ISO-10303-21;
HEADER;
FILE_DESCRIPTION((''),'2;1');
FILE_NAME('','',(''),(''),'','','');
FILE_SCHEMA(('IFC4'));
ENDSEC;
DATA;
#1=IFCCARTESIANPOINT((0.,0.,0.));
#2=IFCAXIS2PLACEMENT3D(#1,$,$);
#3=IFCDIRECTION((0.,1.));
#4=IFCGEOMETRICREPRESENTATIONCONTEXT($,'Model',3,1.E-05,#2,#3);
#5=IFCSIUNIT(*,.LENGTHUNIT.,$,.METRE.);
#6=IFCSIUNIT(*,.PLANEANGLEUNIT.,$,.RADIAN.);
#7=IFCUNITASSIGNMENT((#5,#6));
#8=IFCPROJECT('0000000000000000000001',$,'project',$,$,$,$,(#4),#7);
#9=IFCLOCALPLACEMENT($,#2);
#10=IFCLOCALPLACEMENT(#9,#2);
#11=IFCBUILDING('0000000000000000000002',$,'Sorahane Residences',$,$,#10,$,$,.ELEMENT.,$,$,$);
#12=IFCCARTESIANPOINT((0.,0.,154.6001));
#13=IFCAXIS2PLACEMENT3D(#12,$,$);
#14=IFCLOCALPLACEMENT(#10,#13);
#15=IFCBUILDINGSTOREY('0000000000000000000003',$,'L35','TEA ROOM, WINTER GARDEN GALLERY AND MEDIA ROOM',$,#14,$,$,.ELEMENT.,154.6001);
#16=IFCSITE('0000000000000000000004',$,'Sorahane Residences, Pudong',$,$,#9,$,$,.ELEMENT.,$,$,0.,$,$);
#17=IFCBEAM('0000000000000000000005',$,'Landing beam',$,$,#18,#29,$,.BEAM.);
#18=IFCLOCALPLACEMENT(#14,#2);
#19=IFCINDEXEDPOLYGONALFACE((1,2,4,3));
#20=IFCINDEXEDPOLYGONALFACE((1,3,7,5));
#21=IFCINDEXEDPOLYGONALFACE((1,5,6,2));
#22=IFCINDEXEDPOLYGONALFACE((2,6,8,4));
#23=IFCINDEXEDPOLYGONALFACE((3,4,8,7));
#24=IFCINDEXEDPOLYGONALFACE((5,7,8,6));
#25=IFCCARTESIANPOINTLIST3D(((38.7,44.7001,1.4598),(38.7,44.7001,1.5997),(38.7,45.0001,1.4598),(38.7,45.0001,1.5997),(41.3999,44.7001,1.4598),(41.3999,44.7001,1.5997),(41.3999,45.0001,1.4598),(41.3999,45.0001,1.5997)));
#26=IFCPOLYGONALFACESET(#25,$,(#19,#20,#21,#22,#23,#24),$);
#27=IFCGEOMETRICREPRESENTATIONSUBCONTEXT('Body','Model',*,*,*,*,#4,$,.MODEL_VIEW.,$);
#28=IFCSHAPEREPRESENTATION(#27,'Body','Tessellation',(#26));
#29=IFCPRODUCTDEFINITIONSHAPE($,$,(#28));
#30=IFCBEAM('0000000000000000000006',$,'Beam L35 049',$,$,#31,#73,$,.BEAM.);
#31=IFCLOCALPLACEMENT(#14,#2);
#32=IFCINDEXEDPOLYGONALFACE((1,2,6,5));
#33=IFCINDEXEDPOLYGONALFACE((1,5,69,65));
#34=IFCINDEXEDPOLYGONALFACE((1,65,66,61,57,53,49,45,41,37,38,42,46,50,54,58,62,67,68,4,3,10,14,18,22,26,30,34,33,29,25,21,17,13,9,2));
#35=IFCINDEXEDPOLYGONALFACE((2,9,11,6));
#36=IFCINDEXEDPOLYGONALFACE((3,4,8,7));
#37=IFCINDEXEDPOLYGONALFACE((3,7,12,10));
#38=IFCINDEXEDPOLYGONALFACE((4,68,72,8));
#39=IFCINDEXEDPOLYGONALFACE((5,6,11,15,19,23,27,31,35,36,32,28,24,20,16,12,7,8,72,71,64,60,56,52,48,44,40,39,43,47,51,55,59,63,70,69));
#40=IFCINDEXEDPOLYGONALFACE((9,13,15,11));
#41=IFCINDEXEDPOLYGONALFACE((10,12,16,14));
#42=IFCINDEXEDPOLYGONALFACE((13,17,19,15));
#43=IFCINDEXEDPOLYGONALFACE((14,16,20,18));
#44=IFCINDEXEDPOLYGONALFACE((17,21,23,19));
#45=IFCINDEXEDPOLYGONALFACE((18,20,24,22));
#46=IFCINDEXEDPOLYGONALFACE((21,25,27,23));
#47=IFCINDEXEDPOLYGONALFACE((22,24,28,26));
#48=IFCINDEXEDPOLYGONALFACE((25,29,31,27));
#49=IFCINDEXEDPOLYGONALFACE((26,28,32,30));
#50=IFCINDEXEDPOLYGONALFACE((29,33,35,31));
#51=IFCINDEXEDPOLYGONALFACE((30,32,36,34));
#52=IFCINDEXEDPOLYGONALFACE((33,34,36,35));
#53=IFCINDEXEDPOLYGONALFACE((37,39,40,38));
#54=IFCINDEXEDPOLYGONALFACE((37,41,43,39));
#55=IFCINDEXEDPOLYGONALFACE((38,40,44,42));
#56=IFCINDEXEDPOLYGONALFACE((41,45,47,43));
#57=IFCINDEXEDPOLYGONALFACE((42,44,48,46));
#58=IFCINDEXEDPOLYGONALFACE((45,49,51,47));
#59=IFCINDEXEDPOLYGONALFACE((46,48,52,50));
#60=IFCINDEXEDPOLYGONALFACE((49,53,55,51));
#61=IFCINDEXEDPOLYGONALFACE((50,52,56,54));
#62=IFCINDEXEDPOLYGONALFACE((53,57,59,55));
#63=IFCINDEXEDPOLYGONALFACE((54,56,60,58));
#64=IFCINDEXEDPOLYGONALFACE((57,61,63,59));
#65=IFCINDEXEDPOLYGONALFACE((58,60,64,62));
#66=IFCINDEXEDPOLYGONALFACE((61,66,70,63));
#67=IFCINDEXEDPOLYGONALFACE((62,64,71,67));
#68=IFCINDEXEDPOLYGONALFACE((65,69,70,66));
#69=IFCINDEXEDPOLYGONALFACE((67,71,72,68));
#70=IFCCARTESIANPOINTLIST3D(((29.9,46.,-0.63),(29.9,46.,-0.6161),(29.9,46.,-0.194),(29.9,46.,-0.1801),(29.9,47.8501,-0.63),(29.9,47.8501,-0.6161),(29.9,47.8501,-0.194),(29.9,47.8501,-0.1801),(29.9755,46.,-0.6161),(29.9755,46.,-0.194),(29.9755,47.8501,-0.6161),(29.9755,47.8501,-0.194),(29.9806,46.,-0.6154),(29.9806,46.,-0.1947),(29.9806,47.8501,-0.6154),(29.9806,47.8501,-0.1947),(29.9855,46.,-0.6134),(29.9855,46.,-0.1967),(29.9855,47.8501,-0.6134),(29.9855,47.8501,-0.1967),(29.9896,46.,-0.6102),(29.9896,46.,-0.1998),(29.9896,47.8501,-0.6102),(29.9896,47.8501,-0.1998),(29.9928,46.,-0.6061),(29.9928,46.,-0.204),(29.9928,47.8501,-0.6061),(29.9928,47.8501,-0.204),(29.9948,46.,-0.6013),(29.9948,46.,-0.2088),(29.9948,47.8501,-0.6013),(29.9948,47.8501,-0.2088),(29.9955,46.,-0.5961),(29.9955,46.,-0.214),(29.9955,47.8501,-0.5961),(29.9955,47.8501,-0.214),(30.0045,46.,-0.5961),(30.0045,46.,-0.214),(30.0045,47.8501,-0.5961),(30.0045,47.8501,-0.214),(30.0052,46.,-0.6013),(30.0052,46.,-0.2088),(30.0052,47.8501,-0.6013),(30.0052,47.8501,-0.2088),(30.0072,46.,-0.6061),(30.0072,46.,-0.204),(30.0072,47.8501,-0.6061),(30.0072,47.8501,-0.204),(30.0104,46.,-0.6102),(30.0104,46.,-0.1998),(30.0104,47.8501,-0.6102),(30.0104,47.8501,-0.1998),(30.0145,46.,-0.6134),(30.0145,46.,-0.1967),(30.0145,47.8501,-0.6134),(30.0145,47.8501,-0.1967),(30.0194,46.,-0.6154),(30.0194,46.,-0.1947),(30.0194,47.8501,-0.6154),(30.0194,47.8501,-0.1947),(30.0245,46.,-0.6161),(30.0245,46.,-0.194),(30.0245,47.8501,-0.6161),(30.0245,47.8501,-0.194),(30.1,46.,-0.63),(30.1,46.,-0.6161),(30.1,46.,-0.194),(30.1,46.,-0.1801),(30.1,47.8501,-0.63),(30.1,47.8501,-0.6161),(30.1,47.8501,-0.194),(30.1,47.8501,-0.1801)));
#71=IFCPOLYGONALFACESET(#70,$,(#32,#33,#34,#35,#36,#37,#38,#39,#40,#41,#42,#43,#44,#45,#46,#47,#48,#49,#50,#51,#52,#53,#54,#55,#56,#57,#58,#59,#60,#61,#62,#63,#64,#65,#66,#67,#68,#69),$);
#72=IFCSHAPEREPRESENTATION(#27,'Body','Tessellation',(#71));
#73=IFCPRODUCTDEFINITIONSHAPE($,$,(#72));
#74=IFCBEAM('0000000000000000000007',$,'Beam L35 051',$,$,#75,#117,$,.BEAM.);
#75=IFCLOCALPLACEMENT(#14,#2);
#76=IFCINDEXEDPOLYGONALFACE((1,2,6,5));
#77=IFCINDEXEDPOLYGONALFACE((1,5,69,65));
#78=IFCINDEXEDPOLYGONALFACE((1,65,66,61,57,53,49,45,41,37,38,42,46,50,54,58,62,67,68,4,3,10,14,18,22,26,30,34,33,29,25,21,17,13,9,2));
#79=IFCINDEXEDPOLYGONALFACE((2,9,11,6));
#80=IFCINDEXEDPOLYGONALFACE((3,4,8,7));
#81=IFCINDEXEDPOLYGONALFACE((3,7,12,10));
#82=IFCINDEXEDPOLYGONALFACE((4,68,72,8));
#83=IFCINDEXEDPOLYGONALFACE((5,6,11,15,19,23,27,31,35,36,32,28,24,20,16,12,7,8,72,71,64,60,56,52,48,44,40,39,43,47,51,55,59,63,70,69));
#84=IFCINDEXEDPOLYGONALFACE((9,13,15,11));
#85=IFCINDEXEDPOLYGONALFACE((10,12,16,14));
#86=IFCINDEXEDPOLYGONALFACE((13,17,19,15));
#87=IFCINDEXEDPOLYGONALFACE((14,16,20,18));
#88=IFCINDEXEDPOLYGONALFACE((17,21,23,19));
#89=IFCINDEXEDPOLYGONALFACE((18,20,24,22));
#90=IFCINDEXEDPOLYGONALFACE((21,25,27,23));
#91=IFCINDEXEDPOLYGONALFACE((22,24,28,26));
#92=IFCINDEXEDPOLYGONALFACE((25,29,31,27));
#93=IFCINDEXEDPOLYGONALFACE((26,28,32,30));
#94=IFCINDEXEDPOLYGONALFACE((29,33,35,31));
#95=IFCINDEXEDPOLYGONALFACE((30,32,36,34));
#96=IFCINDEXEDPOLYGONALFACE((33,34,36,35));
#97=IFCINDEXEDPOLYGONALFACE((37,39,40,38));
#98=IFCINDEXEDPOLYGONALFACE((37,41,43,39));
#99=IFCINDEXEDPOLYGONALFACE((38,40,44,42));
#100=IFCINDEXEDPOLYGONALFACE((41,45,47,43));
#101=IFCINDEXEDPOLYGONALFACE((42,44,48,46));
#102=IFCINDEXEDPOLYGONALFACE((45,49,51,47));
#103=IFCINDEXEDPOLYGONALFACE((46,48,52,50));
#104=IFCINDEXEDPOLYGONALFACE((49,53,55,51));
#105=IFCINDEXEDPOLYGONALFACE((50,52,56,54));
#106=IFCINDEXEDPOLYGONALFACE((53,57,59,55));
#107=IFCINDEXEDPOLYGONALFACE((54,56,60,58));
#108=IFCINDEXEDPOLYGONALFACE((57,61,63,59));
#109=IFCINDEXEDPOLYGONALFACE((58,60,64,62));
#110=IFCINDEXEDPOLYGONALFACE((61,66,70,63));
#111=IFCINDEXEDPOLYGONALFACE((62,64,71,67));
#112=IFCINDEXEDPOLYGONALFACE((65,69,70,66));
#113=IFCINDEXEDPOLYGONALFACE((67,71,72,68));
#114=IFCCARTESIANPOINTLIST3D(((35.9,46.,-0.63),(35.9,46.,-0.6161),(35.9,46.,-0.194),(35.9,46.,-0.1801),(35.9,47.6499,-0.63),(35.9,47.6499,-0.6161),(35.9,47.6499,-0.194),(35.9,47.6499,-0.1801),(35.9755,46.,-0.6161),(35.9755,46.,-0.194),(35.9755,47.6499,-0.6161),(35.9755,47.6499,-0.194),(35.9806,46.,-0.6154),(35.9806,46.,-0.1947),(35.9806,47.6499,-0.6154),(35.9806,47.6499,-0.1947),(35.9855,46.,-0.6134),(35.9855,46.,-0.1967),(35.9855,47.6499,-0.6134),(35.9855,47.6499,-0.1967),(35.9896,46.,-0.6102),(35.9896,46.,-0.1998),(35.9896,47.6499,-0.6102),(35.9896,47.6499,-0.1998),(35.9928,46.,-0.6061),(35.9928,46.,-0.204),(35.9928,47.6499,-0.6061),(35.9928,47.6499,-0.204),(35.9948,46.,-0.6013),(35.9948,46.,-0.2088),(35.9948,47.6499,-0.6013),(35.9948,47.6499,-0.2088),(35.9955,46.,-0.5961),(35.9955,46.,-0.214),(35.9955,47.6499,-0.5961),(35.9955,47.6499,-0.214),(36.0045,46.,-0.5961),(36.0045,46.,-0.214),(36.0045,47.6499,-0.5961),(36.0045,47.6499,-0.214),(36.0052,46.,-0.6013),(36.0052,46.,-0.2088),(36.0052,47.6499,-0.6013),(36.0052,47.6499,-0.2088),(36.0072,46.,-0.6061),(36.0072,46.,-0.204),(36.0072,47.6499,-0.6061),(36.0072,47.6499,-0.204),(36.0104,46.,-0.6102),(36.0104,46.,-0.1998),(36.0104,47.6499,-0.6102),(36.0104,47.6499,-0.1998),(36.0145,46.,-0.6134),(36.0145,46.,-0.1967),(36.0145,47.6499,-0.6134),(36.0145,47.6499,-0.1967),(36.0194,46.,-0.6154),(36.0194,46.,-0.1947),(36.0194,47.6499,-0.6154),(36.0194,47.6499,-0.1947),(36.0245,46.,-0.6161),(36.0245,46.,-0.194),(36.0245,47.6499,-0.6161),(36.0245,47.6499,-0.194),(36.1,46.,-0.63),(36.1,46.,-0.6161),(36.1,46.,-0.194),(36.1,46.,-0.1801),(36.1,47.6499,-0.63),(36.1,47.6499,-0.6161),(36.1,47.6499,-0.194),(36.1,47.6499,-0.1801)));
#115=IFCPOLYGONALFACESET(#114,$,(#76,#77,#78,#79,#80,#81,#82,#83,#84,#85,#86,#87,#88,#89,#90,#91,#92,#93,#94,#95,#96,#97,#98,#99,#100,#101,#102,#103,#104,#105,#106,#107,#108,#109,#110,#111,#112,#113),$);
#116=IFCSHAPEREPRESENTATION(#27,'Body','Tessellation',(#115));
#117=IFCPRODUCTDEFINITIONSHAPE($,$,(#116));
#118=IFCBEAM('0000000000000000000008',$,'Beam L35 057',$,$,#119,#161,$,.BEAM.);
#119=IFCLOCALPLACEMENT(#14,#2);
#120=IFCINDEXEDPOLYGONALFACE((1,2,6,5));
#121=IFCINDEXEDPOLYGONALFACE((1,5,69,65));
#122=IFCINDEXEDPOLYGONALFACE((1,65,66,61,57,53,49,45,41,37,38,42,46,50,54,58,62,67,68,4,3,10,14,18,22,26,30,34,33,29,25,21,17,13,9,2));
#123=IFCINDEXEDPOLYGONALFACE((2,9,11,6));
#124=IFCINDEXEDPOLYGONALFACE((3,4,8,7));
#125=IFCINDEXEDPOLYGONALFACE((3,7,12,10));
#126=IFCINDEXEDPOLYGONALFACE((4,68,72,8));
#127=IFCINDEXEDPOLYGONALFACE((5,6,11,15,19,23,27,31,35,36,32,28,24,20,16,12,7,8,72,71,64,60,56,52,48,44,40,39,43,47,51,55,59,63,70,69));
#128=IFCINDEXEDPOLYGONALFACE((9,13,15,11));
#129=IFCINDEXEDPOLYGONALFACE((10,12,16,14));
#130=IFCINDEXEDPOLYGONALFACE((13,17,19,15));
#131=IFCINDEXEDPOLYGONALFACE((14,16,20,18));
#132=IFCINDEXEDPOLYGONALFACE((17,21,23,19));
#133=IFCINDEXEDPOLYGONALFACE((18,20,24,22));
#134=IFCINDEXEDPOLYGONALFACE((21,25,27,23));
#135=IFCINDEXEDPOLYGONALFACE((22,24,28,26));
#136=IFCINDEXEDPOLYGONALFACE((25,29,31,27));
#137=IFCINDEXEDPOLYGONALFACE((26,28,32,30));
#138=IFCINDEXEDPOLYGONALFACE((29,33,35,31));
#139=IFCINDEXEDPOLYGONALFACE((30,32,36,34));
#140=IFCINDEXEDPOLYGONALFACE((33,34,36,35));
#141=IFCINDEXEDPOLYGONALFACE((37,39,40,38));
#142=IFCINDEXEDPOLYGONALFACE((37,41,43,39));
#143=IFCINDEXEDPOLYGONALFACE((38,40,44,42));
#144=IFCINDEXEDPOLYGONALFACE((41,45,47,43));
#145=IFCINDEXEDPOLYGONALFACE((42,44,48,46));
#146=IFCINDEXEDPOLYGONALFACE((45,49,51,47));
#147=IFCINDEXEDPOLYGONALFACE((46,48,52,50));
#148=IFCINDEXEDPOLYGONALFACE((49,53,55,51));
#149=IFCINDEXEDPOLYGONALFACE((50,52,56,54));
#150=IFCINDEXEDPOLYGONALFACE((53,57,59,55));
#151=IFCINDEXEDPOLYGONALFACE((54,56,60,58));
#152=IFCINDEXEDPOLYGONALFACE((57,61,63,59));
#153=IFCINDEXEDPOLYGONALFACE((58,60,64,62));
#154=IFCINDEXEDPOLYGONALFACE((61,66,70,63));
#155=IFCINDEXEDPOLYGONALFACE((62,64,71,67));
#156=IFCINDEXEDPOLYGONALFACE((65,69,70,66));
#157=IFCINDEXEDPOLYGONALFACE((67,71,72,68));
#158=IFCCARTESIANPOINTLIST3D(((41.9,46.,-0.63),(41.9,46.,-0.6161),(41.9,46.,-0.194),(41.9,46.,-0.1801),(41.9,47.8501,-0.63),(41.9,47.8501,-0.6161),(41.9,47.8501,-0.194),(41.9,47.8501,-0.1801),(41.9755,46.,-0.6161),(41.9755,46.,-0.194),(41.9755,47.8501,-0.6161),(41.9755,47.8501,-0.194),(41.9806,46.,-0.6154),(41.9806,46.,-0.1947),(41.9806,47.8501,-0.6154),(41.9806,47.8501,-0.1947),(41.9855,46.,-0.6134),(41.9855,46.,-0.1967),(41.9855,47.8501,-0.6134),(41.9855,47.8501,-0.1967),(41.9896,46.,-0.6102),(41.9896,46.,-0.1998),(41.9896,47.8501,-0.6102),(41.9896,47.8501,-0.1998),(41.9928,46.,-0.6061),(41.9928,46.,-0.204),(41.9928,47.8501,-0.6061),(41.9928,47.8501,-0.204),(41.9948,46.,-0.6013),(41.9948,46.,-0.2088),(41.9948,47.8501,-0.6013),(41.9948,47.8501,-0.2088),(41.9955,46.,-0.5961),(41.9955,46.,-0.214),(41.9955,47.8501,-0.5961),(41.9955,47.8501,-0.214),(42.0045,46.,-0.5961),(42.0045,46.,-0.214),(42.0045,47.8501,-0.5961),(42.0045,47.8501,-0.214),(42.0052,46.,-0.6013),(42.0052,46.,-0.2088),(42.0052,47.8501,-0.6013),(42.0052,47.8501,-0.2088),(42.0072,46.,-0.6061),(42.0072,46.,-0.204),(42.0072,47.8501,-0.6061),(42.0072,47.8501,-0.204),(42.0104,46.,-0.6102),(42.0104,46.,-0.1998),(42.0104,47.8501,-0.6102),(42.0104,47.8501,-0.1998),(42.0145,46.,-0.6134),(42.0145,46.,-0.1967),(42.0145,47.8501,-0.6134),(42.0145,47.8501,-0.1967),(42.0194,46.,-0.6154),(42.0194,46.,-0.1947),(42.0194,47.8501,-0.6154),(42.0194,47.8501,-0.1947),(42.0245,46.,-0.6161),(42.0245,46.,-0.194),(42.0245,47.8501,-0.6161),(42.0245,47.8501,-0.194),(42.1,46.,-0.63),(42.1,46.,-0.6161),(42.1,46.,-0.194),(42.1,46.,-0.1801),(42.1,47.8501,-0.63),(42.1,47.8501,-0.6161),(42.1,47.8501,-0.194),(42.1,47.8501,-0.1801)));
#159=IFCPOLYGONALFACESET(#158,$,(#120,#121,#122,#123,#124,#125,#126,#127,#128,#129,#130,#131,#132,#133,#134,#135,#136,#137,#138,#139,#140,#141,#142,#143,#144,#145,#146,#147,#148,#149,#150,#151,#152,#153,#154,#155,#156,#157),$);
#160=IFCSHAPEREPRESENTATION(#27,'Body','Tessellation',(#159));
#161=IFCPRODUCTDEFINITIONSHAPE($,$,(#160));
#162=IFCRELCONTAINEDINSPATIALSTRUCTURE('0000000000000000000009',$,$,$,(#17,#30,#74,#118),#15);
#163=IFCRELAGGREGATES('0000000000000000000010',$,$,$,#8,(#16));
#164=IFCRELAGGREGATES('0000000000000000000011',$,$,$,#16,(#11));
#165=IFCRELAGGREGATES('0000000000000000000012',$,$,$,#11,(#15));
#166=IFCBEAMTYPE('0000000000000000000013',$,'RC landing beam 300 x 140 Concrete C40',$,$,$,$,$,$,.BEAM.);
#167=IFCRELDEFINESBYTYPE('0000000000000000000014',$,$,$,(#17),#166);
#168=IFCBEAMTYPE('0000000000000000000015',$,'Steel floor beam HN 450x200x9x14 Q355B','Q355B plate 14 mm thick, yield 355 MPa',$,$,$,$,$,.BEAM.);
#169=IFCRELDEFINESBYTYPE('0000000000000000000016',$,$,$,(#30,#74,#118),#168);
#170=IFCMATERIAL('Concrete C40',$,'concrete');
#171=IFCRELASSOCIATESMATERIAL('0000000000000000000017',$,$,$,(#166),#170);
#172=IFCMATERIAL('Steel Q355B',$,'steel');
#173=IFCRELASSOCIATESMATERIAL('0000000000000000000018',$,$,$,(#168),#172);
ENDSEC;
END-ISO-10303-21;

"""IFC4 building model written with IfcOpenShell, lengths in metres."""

from ifc_helpers import new_model, si_unit, direction, frame, origin, origin_2d, place, context, subcontext, project, spatial, rectangle, i_section, extrude, material, material_profile, profile_set, type_object, element, save


model = new_model("IFC4")

# Units and contexts
model_context = context("Model", 3, precision=1e-05, world=origin(), true_north=direction((0.0, 1.0)))
body_context = subcontext(model_context, "Body", "Model", "MODEL_VIEW")
ifc_project = project(units=[si_unit("LENGTHUNIT", "METRE"), si_unit("PLANEANGLEUNIT", "RADIAN")], contexts=[model_context])

# Site, building, storey
site_placement = place(None, origin())
site = spatial("IfcSite", under=ifc_project, at=site_placement, Name="Sorahane Residences, Pudong", CompositionType="ELEMENT", RefElevation=0.0)
building_placement = place(site_placement, origin())
building = spatial("IfcBuilding", under=site, at=building_placement, Name="Sorahane Residences", CompositionType="ELEMENT")
storey_placement = place(building_placement, frame((0.0, 0.0, 154.6001)))
storey = spatial("IfcBuildingStorey", under=building, at=storey_placement, Name="L35", Description="TEA ROOM, WINTER GARDEN GALLERY AND MEDIA ROOM", CompositionType="ELEMENT", Elevation=154.6001)

# Beams
ifc_material_1 = material(Name="Concrete C40", Category="concrete")
ifc_material_profile_1 = material_profile(ifc_material_1, rectangle(XDim=0.3, YDim=0.1399, at=origin_2d()), Name="300x140")
ifc_profile_set_1 = profile_set([ifc_material_profile_1], Name="Concrete C40")
beam_type_1 = type_object("IfcBeamType", Name="RC landing beam 300 x 140 Concrete C40", PredefinedType="BEAM", material=ifc_profile_set_1)
for number, where, z_axis, x_axis, name in (
    (1, (38.7, 44.8501, 1.5298), (1.0, 0.0, 0.0), (0.0, 1.0, 0.0), "Landing beam"),
):
    element("IfcBeam", number, at=place(storey_placement, frame(where, z_axis=z_axis, x_axis=x_axis)), inside=storey, type_object=beam_type_1, Name=name, PredefinedType="BEAM", context=body_context, shape_type="SweptSolid", body=[
        extrude(rectangle(XDim=0.3, YDim=0.1399, at=origin_2d()), origin(), (0.0, 0.0, 1.0), 2.7),
    ])
ifc_material_2 = material(Name="Steel Q355B", Category="steel")
ifc_material_profile_2 = material_profile(ifc_material_2, i_section(OverallWidth=0.2, OverallDepth=0.45, WebThickness=0.009, FlangeThickness=0.0139, FilletRadius=0.02, at=origin_2d()), Name="HN 450x200x9x14")
ifc_profile_set_2 = profile_set([ifc_material_profile_2], Name="Steel Q355B")
beam_type_2 = type_object("IfcBeamType", Name="Steel floor beam HN 450x200x9x14 Q355B", Description="Q355B plate 14 mm thick, yield 355 MPa", PredefinedType="BEAM", material=ifc_profile_set_2)
beam_1_placement = place(storey_placement, frame((30.0, 46.0, -0.405), z_axis=(0.0, 1.0, 0.0), x_axis=(-1.0, 0.0, 0.0)))
element("IfcBeam", 2, at=beam_1_placement, inside=storey, type_object=beam_type_2, Name="Beam L35 049", PredefinedType="BEAM", context=body_context, shape_type="SweptSolid", body=[
    extrude(i_section(OverallWidth=0.2, OverallDepth=0.45, WebThickness=0.009, FlangeThickness=0.0139, FilletRadius=0.02, at=origin_2d()), origin(), (0.0, 0.0, 1.0), 1.8501),
])
beam_2_placement = place(storey_placement, frame((36.0, 46.0, -0.405), z_axis=(0.0, 1.0, 0.0), x_axis=(-1.0, 0.0, 0.0)))
element("IfcBeam", 3, at=beam_2_placement, inside=storey, type_object=beam_type_2, Name="Beam L35 051", PredefinedType="BEAM", context=body_context, shape_type="SweptSolid", body=[
    extrude(i_section(OverallWidth=0.2, OverallDepth=0.45, WebThickness=0.009, FlangeThickness=0.0139, FilletRadius=0.02, at=origin_2d()), origin(), (0.0, 0.0, 1.0), 1.6499),
])
beam_3_placement = place(storey_placement, frame((42.0, 46.0, -0.405), z_axis=(0.0, 1.0, 0.0), x_axis=(-1.0, 0.0, 0.0)))
element("IfcBeam", 4, at=beam_3_placement, inside=storey, type_object=beam_type_2, Name="Beam L35 057", PredefinedType="BEAM", context=body_context, shape_type="SweptSolid", body=[
    extrude(i_section(OverallWidth=0.2, OverallDepth=0.45, WebThickness=0.009, FlangeThickness=0.0139, FilletRadius=0.02, at=origin_2d()), origin(), (0.0, 0.0, 1.0), 1.8501),
])

save(model, "model.ifc")
